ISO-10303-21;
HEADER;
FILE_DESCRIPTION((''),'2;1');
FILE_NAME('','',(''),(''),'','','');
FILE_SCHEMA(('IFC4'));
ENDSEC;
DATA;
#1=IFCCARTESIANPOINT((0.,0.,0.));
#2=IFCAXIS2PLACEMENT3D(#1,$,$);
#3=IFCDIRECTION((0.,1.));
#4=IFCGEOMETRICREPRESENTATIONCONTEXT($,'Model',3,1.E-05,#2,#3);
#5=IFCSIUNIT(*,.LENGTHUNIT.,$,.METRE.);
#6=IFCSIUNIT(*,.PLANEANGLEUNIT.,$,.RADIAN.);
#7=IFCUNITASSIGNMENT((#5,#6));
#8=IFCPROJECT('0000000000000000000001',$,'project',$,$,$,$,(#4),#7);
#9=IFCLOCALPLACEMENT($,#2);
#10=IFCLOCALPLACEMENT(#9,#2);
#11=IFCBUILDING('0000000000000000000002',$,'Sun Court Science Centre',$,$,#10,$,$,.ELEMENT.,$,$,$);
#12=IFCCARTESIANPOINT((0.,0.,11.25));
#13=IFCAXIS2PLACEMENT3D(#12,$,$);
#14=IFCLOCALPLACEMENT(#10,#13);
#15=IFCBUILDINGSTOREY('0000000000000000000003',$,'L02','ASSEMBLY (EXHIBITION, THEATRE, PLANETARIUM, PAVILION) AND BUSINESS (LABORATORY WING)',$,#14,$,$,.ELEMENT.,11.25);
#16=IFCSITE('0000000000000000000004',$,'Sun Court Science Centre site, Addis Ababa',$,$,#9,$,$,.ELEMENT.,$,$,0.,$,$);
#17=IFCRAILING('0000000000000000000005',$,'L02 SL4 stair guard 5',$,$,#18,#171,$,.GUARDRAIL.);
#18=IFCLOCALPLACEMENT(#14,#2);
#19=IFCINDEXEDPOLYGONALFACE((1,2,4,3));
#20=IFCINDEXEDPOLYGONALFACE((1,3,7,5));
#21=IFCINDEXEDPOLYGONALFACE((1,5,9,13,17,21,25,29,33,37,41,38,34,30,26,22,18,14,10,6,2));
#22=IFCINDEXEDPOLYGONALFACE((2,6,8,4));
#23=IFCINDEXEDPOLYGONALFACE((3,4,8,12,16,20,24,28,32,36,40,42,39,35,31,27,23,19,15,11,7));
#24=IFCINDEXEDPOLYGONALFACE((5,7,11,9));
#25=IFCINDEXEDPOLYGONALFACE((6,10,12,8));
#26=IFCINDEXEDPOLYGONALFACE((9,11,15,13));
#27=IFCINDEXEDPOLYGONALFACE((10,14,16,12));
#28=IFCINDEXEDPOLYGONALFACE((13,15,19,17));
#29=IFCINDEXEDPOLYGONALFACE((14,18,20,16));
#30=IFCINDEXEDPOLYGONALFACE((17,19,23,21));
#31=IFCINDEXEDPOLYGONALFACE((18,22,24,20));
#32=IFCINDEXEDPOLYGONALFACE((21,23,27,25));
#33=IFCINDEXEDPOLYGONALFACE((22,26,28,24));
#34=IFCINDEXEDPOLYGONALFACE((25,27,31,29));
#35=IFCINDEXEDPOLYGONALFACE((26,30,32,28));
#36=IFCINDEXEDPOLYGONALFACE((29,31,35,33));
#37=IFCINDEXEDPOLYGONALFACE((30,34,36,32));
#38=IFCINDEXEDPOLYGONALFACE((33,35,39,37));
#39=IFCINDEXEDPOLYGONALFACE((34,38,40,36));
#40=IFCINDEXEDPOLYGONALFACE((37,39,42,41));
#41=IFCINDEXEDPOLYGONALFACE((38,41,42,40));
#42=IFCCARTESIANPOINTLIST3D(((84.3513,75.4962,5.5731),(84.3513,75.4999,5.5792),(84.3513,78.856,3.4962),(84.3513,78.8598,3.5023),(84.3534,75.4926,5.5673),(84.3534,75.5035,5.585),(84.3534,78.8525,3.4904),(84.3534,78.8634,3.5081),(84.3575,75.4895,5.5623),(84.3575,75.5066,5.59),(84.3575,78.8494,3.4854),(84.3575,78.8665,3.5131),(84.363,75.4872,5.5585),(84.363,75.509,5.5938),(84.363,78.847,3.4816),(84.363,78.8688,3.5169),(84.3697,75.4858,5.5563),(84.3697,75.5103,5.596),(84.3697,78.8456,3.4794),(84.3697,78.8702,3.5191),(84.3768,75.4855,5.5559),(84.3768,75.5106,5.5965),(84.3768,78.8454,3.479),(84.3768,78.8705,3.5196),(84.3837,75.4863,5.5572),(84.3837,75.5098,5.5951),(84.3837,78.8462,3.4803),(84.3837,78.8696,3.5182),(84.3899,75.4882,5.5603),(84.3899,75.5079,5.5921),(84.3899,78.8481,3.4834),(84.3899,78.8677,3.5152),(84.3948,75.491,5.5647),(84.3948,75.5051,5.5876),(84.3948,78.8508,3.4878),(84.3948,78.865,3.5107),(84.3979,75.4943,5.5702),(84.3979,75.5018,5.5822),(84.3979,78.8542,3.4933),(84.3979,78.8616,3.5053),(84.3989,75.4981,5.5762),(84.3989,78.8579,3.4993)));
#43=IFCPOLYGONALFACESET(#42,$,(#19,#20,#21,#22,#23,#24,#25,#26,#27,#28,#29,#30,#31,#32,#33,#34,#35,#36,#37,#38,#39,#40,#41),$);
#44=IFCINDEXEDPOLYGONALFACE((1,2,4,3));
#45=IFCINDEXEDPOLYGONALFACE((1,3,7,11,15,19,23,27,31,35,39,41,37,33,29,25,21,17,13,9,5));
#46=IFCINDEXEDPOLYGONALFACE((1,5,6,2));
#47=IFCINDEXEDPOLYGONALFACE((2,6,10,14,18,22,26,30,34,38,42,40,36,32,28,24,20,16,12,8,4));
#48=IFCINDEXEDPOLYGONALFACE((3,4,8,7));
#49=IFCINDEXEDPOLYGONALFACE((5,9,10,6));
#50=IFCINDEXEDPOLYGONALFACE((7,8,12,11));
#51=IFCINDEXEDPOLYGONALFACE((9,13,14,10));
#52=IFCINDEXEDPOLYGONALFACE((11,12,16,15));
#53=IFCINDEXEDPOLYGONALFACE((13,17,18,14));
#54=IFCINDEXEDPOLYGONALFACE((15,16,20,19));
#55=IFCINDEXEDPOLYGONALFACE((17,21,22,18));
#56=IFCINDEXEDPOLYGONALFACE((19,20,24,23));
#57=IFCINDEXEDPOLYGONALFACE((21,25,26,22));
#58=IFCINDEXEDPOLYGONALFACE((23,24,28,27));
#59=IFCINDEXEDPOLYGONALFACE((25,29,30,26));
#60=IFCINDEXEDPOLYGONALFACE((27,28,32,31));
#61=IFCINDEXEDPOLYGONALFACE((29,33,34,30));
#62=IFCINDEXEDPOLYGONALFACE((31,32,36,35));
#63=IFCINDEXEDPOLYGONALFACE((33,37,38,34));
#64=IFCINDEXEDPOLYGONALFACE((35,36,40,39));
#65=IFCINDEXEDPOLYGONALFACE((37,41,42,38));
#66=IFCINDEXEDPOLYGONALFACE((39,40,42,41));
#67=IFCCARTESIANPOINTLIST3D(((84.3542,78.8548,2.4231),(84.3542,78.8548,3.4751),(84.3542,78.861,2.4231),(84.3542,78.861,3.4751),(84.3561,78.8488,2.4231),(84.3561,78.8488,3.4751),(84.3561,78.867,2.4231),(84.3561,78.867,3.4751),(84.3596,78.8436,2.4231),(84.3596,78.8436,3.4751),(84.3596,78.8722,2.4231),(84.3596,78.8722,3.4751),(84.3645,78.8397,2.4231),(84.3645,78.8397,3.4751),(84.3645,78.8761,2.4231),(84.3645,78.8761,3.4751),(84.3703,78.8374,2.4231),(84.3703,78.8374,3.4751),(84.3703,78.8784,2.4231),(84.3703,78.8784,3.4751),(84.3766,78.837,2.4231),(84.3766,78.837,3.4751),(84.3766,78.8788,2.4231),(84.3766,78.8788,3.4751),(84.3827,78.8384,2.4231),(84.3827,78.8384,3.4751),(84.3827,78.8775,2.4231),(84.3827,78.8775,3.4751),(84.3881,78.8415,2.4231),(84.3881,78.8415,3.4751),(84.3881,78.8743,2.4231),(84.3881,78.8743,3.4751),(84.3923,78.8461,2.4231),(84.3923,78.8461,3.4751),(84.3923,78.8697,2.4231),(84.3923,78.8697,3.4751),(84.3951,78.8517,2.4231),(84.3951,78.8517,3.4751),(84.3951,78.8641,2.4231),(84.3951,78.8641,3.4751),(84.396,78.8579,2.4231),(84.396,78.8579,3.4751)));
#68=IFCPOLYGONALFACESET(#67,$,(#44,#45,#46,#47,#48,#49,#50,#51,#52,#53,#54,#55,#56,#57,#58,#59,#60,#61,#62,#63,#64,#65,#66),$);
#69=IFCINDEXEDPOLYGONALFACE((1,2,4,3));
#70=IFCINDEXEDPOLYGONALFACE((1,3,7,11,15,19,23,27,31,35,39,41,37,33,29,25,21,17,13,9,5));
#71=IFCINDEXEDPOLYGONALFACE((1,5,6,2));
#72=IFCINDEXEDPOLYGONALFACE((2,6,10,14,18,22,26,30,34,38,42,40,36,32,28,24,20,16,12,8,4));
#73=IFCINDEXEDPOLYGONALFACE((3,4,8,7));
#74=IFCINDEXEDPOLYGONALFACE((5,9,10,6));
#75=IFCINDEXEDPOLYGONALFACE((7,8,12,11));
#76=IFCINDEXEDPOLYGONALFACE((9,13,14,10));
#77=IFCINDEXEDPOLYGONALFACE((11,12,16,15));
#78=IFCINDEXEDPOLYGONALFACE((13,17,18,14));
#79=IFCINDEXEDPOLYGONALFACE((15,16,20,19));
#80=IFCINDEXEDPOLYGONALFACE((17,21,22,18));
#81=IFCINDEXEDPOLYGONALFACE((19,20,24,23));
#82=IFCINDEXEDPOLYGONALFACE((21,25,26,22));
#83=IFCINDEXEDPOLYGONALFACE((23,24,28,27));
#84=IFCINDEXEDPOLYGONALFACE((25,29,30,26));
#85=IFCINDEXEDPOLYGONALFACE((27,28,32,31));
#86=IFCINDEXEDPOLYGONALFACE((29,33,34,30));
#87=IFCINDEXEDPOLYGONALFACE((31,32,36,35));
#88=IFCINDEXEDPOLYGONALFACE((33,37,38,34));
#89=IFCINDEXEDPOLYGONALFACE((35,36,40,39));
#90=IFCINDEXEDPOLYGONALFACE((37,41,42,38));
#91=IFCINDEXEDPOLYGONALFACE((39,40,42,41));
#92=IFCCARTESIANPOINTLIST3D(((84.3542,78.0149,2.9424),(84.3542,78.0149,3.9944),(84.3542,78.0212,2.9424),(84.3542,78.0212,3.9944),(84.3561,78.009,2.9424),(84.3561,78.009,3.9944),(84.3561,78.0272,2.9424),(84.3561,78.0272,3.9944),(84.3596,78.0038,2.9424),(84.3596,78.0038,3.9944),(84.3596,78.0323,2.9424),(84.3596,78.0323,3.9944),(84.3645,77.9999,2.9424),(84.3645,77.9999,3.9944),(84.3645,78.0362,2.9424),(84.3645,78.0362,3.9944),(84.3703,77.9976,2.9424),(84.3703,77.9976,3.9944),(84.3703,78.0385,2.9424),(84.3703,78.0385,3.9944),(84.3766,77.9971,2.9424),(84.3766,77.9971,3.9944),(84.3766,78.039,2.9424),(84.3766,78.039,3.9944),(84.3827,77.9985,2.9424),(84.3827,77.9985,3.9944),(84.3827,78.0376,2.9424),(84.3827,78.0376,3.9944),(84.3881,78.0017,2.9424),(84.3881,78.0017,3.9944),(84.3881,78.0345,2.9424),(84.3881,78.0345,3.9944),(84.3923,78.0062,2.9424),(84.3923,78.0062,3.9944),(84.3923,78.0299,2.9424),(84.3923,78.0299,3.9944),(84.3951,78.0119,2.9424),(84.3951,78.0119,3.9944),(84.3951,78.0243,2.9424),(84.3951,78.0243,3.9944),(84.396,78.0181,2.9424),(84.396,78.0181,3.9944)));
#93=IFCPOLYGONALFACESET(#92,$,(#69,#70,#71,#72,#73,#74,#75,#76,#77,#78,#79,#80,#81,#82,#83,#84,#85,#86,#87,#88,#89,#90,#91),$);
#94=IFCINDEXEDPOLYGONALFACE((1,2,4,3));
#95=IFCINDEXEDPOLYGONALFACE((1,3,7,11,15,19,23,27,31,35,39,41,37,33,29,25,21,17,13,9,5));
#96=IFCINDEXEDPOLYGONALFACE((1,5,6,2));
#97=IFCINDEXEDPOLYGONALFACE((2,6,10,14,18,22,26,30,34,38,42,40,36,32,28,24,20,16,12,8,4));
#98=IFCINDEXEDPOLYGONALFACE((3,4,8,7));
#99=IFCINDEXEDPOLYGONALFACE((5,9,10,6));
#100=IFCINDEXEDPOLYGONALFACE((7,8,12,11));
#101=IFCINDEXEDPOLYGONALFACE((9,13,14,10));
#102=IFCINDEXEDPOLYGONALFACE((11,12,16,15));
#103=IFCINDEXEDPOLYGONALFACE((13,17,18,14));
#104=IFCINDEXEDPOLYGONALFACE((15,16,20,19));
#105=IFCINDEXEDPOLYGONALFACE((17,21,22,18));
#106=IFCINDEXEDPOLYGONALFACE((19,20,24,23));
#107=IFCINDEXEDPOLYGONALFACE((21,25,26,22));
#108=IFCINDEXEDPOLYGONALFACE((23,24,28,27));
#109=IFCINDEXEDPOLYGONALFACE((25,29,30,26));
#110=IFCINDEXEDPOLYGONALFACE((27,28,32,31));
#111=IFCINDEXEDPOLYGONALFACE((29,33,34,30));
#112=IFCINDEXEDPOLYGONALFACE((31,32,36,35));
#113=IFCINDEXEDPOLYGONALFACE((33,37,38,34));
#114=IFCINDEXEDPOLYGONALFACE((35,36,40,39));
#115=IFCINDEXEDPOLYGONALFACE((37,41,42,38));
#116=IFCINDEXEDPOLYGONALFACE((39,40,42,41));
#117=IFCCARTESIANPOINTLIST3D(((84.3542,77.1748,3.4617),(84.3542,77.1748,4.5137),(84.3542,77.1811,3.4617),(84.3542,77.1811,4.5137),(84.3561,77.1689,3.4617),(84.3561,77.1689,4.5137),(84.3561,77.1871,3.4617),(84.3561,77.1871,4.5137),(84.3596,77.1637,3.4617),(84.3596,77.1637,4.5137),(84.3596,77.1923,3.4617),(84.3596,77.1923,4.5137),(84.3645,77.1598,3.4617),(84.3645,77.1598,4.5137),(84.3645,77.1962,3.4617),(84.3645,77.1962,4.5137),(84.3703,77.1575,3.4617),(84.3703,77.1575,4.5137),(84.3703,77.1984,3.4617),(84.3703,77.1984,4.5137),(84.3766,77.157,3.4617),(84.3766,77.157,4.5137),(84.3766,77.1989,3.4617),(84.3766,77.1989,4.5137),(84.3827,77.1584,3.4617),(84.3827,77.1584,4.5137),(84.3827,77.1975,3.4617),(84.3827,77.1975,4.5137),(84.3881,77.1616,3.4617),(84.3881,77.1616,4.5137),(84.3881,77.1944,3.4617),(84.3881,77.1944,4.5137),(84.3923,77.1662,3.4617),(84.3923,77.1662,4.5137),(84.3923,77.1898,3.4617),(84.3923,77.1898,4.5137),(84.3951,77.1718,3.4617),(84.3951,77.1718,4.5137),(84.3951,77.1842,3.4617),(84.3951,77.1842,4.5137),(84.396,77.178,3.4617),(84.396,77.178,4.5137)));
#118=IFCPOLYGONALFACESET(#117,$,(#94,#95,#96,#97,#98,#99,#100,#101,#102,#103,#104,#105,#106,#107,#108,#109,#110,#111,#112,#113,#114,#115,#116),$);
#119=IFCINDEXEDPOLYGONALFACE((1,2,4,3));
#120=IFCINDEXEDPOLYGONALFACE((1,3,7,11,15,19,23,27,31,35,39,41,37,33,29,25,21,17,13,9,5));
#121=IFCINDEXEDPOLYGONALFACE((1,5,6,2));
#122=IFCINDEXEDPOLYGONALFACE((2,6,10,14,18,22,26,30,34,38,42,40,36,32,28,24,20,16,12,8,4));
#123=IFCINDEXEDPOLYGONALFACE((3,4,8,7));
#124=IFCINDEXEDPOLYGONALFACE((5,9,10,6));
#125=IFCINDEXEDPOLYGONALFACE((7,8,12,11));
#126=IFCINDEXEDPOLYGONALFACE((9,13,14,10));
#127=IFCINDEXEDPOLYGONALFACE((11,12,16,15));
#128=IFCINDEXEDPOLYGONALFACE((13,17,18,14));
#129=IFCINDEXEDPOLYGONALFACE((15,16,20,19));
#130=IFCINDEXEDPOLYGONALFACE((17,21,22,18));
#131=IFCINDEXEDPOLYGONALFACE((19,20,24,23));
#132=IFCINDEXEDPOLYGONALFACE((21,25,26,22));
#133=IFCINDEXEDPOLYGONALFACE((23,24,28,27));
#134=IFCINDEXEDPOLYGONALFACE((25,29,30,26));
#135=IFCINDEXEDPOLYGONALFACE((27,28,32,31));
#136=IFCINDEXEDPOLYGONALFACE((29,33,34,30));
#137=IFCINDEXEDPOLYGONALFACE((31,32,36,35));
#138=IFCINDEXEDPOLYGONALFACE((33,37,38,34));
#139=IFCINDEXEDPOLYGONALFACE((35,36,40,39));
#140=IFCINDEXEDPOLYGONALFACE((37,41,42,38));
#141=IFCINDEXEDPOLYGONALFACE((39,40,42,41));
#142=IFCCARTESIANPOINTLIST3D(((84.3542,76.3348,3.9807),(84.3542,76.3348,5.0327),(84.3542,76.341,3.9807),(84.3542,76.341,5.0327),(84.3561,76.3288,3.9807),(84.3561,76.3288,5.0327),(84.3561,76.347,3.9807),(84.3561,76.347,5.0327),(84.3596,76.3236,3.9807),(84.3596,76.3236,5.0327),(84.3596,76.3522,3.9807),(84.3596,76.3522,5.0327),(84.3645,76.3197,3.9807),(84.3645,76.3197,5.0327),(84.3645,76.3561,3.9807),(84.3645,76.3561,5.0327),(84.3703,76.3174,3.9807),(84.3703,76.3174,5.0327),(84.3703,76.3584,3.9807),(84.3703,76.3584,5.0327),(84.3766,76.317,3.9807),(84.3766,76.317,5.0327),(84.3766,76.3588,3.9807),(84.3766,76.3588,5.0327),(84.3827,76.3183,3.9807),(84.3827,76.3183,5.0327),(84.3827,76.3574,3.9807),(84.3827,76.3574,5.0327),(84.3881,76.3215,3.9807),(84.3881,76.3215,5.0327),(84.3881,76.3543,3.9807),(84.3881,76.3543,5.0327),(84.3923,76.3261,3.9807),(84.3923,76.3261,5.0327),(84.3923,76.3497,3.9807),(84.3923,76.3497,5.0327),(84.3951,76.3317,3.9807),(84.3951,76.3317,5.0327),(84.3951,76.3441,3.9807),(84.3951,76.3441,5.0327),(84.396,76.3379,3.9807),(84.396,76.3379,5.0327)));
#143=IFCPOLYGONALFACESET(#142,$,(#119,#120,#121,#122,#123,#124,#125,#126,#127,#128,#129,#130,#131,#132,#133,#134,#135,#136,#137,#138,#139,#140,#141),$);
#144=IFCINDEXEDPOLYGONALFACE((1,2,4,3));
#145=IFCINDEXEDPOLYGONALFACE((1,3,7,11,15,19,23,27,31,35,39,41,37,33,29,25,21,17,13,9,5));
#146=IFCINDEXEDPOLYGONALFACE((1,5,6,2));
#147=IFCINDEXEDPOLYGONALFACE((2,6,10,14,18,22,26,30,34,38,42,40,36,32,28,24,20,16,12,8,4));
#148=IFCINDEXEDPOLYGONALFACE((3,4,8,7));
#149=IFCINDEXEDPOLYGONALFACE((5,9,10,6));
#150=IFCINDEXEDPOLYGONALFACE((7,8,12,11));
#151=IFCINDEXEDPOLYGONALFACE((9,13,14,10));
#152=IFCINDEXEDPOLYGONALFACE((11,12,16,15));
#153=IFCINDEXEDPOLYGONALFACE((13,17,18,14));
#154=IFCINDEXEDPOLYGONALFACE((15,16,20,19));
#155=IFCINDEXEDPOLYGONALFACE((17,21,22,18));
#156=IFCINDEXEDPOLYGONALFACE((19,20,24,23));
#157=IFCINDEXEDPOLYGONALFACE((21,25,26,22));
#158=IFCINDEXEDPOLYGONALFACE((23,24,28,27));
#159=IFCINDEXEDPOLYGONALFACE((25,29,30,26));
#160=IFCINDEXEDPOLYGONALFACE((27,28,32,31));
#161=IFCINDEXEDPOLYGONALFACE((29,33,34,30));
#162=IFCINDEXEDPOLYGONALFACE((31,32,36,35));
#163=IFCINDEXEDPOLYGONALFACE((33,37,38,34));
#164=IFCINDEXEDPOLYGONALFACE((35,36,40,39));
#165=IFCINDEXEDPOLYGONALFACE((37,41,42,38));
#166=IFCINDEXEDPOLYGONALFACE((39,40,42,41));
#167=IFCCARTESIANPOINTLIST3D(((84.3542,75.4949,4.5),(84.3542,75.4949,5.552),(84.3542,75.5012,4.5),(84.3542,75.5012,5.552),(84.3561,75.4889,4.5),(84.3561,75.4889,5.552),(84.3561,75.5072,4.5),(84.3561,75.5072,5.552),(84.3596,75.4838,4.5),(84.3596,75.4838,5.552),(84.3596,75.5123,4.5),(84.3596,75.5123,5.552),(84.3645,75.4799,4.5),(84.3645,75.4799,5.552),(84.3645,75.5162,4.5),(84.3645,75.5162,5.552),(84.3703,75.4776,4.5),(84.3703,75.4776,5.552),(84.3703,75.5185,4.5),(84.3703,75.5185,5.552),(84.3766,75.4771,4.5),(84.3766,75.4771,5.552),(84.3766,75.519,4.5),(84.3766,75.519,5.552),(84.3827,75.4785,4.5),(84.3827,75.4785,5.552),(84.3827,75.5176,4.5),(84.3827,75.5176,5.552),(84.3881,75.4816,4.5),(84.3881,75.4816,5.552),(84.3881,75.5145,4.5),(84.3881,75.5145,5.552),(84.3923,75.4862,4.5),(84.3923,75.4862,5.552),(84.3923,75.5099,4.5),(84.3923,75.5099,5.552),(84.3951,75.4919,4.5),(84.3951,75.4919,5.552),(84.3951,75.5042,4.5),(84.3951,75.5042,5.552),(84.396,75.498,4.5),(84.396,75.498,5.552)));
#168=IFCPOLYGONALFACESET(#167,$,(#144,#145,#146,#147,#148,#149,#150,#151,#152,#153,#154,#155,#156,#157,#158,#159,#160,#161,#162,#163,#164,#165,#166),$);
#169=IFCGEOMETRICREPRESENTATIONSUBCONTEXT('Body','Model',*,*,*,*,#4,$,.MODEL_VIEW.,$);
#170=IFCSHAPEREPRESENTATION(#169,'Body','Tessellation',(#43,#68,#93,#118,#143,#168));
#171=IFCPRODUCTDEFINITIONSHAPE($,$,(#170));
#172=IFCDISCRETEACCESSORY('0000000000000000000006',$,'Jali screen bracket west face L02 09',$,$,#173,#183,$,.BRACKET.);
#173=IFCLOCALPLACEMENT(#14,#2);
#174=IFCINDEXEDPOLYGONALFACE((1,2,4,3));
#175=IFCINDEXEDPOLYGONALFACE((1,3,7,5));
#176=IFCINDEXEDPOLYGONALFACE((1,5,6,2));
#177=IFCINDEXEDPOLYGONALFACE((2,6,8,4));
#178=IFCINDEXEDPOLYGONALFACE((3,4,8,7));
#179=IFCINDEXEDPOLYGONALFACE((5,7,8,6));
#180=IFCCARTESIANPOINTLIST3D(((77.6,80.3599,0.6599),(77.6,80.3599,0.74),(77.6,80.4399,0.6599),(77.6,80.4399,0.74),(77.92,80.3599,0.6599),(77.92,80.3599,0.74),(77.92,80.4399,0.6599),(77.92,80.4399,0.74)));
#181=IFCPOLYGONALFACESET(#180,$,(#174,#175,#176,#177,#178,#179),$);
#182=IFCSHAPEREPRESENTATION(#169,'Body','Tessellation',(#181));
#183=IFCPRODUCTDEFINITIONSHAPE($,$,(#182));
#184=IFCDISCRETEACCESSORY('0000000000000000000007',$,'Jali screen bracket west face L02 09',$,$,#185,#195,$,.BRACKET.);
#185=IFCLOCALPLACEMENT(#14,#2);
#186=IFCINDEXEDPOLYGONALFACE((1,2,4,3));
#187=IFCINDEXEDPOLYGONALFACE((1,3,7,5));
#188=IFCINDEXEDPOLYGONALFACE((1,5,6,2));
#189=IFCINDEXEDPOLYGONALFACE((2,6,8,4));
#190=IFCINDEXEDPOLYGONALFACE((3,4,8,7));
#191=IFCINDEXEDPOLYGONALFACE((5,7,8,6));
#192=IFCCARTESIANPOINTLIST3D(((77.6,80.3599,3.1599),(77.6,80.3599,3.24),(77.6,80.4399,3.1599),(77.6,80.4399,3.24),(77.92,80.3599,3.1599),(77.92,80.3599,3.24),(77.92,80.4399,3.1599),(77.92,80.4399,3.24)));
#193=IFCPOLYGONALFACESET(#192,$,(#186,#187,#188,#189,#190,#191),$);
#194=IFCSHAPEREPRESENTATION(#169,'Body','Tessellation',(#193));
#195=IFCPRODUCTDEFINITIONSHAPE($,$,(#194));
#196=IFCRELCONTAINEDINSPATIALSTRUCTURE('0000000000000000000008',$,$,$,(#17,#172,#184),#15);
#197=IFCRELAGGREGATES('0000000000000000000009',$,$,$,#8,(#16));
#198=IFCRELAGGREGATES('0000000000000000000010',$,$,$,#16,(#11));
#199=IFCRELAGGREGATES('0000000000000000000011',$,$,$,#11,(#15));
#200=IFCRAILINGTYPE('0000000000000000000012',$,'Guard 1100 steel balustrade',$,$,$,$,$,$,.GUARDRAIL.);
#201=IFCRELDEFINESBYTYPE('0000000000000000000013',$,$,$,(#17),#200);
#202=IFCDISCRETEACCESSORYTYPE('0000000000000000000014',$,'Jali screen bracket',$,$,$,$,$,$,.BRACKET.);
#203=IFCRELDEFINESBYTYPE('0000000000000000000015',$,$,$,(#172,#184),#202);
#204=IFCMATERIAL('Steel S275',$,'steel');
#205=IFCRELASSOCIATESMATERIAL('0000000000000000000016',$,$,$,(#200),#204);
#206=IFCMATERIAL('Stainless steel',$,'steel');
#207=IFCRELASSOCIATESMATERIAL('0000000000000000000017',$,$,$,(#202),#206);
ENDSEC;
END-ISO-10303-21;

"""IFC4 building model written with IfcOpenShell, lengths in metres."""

from ifc_helpers import new_model, si_unit, direction, frame, origin, origin_2d, place, context, subcontext, project, spatial, rectangle, circle, extrude, material, type_object, element, save


model = new_model("IFC4")

# Units and contexts
model_context = context("Model", 3, precision=1e-05, world=origin(), true_north=direction((0.0, 1.0)))
body_context = subcontext(model_context, "Body", "Model", "MODEL_VIEW")
ifc_project = project(units=[si_unit("LENGTHUNIT", "METRE"), si_unit("PLANEANGLEUNIT", "RADIAN")], contexts=[model_context])

# Site, building, storey
site_placement = place(None, origin())
site = spatial("IfcSite", under=ifc_project, at=site_placement, Name="Sun Court Science Centre site, Addis Ababa", CompositionType="ELEMENT", RefElevation=0.0)
building_placement = place(site_placement, origin())
building = spatial("IfcBuilding", under=site, at=building_placement, Name="Sun Court Science Centre", CompositionType="ELEMENT")
storey_placement = place(building_placement, frame((0.0, 0.0, 11.25)))
storey = spatial("IfcBuildingStorey", under=building, at=storey_placement, Name="L02", Description="ASSEMBLY (EXHIBITION, THEATRE, PLANETARIUM, PAVILION) AND BUSINESS (LABORATORY WING)", CompositionType="ELEMENT", Elevation=11.25)

# Railing
ifc_material_1 = material(Name="Steel S275", Category="steel")
railing_type = type_object("IfcRailingType", Name="Guard 1100 steel balustrade", PredefinedType="GUARDRAIL", material=ifc_material_1)
railing_placement = place(storey_placement, frame((84.375, 78.8579, 2.4231)))
element("IfcRailing", 1, at=railing_placement, inside=storey, type_object=railing_type, Name="L02 SL4 stair guard 5", PredefinedType="GUARDRAIL", context=body_context, shape_type="SweptSolid", body=[
    extrude(circle(Radius=0.0239, at=origin_2d()), frame((0.0, 0.0, 1.0762), z_axis=(0.0, -0.850606, 0.525803), x_axis=(1.0, 0.0, 0.0)), (0.0, 0.0, 1.0), 3.95),
    extrude(circle(Radius=0.021, at=origin_2d()), origin(), (0.0, 0.0, 1.0), 1.052),
    extrude(circle(Radius=0.021, at=origin_2d()), frame((0.0, -0.8398, 0.5193)), (0.0, 0.0, 1.0), 1.052),
    extrude(circle(Radius=0.021, at=origin_2d()), frame((0.0, -1.6799, 1.0386)), (0.0, 0.0, 1.0), 1.052),
    extrude(circle(Radius=0.021, at=origin_2d()), frame((0.0, -2.52, 1.5576)), (0.0, 0.0, 1.0), 1.052),
    extrude(circle(Radius=0.021, at=origin_2d()), frame((0.0, -3.3599, 2.0769)), (0.0, 0.0, 1.0), 1.052),
])

# Discrete accessories
ifc_material_2 = material(Name="Stainless steel", Category="steel")
discrete_accessory_type = type_object("IfcDiscreteAccessoryType", Name="Jali screen bracket", PredefinedType="BRACKET", material=ifc_material_2)
for number, where, z_axis, x_axis, name in (
    (2, (77.76, 80.3999, 0.6599), (0.0, 0.0, 1.0), (0.0, 1.0, 0.0), "Jali screen bracket west face L02 09"),
    (3, (77.76, 80.3999, 3.1599), (0.0, 0.0, 1.0), (0.0, 1.0, 0.0), "Jali screen bracket west face L02 09"),
):
    element("IfcDiscreteAccessory", number, at=place(storey_placement, frame(where, z_axis=z_axis, x_axis=x_axis)), inside=storey, type_object=discrete_accessory_type, Name=name, PredefinedType="BRACKET", context=body_context, shape_type="SweptSolid", body=[
        extrude(rectangle(XDim=0.0801, YDim=0.3201, at=origin_2d()), origin(), (0.0, 0.0, 1.0), 0.0801),
    ])

save(model, "model.ifc")
